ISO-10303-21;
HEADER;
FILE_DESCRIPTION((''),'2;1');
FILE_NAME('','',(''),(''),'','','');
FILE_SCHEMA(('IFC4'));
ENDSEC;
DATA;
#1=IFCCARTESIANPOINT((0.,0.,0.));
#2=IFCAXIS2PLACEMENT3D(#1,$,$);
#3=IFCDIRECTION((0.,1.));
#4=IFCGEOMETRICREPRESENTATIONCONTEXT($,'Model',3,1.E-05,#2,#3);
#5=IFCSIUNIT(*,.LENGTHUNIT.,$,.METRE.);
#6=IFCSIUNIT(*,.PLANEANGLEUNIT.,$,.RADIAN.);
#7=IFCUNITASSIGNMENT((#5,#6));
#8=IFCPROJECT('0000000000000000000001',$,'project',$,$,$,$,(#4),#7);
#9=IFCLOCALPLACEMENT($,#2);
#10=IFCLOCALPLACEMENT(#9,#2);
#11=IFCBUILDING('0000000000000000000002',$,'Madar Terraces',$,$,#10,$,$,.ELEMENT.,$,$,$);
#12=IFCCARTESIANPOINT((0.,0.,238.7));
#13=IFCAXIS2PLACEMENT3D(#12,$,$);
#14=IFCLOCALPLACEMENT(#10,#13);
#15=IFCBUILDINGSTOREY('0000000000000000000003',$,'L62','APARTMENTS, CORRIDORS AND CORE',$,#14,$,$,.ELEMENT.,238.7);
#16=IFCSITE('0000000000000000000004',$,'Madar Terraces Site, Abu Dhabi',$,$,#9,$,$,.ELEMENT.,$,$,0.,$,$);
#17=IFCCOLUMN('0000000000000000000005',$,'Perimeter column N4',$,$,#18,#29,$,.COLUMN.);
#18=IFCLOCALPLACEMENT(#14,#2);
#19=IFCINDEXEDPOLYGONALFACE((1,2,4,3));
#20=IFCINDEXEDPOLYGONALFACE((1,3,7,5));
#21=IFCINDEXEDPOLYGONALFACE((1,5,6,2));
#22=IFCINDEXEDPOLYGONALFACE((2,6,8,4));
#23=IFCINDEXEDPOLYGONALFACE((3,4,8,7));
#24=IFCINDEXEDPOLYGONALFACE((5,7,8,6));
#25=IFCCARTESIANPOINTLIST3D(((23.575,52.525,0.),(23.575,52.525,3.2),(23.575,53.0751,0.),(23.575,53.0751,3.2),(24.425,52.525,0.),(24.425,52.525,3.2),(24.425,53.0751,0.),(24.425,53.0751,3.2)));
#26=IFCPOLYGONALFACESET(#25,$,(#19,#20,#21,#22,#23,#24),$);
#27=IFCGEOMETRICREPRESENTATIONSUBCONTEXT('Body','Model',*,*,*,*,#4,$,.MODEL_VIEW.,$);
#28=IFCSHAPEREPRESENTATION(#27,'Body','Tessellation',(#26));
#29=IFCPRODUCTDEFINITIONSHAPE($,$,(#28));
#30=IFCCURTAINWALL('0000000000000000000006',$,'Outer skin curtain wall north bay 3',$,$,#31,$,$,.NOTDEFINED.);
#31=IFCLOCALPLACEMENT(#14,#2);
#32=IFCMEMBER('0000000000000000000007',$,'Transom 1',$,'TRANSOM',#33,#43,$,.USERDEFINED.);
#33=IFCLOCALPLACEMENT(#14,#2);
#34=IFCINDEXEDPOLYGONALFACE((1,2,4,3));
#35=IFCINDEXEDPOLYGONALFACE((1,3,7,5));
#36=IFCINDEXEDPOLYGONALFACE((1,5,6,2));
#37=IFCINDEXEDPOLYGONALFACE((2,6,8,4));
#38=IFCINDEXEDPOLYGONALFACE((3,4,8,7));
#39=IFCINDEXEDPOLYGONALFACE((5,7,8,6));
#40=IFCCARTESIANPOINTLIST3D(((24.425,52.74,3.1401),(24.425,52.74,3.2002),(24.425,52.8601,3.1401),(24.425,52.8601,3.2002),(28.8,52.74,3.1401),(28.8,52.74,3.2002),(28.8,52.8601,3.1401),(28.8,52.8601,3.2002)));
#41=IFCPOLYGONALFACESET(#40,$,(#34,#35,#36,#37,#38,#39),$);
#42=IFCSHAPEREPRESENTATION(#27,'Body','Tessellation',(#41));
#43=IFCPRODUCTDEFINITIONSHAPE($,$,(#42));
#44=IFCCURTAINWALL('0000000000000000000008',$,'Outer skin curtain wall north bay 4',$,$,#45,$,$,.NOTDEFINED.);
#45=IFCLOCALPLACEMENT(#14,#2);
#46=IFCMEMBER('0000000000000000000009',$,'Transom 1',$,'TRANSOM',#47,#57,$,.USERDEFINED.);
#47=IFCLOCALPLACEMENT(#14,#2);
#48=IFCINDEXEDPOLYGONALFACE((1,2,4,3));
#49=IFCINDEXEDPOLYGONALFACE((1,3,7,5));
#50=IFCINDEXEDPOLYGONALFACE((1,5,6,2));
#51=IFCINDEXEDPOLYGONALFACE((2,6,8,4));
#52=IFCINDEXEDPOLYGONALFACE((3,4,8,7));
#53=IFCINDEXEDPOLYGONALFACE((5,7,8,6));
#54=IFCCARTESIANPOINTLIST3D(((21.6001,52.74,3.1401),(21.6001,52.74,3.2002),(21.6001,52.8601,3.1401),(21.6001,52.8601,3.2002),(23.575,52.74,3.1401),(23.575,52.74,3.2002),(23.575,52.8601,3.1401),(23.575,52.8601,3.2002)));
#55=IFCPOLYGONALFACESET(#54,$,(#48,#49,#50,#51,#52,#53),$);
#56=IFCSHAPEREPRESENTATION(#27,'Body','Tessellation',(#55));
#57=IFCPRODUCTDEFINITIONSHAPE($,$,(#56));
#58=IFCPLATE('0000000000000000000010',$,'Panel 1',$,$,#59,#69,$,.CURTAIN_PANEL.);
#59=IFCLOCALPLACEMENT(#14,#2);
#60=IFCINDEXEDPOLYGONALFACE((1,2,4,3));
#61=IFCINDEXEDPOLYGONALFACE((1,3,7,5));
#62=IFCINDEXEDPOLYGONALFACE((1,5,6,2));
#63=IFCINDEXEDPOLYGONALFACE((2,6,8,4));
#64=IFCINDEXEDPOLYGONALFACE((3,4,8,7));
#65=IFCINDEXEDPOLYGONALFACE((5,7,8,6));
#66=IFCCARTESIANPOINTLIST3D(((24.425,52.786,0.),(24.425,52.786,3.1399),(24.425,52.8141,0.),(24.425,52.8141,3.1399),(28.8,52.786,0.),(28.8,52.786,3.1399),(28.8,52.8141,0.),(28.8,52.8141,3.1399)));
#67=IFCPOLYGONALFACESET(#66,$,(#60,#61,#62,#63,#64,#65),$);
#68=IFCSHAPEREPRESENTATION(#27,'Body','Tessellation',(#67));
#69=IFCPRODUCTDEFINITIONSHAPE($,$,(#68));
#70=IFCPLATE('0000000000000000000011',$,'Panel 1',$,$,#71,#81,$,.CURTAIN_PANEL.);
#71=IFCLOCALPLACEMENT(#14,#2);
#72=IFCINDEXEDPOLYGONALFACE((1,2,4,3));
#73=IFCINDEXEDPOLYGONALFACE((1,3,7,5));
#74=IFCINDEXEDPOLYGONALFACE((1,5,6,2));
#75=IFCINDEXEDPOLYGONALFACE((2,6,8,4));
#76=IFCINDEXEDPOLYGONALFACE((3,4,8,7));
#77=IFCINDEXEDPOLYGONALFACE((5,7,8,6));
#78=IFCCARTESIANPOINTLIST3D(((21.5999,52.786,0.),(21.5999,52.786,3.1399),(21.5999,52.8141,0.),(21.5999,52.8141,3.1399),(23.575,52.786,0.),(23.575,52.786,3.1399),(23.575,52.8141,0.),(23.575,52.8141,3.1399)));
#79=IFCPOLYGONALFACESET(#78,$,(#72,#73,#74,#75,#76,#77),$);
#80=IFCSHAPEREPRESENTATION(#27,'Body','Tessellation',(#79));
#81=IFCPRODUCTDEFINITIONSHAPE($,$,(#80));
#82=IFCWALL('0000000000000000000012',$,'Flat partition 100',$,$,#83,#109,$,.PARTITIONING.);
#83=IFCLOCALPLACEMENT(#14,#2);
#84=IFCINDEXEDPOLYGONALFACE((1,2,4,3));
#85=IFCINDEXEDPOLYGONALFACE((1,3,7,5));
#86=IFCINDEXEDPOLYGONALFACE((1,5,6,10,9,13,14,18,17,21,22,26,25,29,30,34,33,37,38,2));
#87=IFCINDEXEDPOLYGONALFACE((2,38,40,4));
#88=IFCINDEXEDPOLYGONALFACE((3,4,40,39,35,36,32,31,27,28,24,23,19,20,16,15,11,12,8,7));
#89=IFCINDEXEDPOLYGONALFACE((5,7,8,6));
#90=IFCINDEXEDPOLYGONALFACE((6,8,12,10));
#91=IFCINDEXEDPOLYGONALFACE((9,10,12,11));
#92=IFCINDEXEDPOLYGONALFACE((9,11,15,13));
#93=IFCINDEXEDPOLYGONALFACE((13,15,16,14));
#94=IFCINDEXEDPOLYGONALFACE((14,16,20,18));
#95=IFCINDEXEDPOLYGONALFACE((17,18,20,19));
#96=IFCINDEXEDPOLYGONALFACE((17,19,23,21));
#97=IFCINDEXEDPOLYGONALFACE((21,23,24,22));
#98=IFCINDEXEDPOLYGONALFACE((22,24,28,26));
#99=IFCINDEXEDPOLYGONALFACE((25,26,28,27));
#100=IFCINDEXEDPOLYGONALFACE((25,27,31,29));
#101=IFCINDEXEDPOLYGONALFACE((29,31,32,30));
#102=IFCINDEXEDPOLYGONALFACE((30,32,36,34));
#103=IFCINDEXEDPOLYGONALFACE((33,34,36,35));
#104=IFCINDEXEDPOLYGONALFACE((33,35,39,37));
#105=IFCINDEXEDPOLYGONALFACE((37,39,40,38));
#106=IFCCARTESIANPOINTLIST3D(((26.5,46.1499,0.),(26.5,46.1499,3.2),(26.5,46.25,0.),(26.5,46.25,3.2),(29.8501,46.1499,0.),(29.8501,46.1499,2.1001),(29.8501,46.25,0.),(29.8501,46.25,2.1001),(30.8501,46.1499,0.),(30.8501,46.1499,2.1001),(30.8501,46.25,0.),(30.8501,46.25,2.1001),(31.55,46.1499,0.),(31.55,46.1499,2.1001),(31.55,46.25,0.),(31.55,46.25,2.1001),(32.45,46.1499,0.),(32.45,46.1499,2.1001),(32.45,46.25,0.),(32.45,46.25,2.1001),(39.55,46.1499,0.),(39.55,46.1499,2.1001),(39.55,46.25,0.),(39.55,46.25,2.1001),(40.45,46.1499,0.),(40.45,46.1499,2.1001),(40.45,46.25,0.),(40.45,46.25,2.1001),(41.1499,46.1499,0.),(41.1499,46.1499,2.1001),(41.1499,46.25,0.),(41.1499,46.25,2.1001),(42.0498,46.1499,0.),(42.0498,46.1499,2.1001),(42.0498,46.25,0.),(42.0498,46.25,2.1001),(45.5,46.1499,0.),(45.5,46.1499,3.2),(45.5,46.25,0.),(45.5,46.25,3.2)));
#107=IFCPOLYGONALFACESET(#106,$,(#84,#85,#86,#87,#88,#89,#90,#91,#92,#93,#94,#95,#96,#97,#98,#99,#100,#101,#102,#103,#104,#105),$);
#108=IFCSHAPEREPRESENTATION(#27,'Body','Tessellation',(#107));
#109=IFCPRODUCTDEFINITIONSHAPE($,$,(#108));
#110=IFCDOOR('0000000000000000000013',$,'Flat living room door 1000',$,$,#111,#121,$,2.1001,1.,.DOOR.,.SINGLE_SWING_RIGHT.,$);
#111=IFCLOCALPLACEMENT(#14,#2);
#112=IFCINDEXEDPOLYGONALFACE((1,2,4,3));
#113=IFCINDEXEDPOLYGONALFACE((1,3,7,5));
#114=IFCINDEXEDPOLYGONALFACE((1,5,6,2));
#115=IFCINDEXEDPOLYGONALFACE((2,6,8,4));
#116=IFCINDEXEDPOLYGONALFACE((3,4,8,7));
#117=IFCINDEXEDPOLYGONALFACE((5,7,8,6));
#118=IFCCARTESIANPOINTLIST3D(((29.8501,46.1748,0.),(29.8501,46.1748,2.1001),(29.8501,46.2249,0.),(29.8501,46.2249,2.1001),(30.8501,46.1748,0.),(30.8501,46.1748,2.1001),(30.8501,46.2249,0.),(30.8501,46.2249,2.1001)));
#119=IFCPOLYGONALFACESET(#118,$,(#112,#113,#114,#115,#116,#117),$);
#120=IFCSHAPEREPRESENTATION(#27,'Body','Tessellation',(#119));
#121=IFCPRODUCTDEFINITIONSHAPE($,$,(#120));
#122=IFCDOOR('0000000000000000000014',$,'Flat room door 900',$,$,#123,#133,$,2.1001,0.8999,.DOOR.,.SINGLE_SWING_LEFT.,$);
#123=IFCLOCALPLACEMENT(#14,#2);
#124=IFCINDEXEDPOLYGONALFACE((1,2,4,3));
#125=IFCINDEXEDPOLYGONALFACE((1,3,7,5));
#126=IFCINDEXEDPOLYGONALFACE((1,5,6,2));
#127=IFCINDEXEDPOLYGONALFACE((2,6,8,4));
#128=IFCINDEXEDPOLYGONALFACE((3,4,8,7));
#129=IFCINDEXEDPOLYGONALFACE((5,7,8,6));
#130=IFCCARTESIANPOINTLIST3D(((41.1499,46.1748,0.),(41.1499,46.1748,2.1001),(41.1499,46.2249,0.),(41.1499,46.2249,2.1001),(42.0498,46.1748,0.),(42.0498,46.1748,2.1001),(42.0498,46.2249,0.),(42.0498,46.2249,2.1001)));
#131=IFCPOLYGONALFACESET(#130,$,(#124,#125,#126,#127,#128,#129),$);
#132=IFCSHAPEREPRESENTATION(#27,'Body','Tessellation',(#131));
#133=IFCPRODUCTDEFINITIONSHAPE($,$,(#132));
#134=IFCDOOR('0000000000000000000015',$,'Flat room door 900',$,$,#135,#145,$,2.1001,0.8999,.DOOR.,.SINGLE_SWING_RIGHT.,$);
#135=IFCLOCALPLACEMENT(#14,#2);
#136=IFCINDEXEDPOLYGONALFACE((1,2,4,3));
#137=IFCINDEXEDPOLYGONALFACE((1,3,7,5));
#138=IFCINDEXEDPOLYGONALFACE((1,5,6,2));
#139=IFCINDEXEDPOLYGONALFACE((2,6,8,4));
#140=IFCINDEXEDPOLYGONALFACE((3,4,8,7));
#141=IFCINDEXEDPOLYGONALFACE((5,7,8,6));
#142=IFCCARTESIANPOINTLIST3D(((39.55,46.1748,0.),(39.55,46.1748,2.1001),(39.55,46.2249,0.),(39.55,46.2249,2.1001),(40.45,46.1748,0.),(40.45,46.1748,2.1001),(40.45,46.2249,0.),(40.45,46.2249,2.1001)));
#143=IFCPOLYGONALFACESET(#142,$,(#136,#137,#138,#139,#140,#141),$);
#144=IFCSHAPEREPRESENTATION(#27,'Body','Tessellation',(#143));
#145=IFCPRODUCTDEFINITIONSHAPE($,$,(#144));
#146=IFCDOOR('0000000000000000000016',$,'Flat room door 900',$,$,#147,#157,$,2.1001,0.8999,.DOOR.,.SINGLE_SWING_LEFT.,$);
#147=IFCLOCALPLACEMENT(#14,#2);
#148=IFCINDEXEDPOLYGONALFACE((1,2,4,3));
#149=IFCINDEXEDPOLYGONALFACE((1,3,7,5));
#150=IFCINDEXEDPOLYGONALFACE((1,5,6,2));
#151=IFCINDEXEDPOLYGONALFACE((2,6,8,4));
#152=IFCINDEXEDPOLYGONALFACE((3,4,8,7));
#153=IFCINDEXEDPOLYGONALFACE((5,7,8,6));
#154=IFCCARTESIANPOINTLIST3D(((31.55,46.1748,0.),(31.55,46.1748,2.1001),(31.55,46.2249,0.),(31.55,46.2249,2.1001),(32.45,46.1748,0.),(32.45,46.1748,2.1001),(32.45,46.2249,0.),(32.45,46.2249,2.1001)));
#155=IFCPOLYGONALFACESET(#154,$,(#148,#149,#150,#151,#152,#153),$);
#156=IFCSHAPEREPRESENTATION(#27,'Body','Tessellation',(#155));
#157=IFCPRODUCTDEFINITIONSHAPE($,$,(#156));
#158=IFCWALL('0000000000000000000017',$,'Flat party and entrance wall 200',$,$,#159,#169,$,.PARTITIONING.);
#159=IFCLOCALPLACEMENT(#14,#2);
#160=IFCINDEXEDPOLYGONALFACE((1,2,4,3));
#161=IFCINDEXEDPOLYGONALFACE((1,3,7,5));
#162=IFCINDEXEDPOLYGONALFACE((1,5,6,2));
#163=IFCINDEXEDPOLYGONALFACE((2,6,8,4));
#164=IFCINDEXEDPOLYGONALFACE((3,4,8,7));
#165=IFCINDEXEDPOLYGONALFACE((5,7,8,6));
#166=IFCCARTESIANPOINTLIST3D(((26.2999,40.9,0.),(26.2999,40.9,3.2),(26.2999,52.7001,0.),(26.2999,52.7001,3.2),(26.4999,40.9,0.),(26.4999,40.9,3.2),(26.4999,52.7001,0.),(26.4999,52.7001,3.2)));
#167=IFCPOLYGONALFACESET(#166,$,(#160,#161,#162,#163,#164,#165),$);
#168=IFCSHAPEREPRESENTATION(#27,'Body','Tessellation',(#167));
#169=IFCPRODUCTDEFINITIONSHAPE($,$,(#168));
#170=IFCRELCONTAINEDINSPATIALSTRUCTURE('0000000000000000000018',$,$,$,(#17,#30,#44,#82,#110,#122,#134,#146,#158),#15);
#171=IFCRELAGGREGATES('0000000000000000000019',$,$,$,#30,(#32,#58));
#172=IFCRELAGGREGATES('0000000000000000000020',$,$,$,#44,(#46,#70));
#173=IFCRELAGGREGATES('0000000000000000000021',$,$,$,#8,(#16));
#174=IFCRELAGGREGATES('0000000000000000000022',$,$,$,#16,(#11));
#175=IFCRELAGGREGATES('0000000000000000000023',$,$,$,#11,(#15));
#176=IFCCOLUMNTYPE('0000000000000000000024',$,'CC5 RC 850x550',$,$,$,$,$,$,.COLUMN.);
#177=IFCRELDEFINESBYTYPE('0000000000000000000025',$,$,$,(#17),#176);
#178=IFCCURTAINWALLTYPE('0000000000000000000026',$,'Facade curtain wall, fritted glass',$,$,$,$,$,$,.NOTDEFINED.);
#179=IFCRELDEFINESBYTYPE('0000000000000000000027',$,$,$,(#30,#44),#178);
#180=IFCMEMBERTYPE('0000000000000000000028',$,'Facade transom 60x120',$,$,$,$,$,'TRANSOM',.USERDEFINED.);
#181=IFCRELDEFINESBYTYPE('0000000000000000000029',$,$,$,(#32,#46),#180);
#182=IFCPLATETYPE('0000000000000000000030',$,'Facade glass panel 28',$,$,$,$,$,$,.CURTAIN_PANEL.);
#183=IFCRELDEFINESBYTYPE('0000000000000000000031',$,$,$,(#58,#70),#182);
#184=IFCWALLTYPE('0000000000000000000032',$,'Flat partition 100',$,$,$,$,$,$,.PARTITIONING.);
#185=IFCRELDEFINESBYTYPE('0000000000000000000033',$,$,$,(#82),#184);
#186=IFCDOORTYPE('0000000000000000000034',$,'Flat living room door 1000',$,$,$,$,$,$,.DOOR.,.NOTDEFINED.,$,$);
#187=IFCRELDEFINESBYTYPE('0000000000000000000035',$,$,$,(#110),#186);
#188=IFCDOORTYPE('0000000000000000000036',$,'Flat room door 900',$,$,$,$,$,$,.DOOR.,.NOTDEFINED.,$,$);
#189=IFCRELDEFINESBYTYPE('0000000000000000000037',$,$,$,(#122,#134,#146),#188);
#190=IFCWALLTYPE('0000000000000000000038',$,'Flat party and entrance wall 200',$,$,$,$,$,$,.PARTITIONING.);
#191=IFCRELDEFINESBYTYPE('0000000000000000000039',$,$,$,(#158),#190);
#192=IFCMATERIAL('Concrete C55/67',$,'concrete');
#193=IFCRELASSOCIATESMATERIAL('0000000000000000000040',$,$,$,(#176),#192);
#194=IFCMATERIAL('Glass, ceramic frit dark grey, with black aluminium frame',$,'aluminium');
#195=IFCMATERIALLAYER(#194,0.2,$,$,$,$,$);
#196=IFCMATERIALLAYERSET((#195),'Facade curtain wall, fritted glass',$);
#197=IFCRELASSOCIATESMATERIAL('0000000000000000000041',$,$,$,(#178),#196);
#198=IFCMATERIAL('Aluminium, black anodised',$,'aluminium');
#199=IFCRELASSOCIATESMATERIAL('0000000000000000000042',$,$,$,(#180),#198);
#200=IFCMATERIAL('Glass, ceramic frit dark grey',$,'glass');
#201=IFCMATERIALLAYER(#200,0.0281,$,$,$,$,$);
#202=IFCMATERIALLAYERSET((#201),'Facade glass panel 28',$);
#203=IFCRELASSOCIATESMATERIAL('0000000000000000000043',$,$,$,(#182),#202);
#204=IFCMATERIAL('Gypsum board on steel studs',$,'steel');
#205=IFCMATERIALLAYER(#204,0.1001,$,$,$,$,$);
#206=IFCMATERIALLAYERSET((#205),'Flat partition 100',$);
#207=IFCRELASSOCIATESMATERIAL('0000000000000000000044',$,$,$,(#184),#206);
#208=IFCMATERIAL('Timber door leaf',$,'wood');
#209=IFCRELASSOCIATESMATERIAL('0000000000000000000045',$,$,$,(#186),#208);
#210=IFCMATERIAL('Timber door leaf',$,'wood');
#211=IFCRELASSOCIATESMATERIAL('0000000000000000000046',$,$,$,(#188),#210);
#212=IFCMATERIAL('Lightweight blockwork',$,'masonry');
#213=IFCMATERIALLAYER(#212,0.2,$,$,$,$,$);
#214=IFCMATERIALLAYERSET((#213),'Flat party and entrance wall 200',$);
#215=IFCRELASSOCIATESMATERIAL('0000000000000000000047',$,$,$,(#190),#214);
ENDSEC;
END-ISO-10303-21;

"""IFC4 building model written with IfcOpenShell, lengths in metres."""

from ifc_helpers import new_model, si_unit, direction, frame, frame_2d, origin, origin_2d, place, context, subcontext, project, spatial, rectangle, extrude, material, layer, layer_set, material_profile, profile_set, type_object, element, fill, aggregate, save


model = new_model("IFC4")

# Units and contexts
model_context = context("Model", 3, precision=1e-05, world=origin(), true_north=direction((0.0, 1.0)))
body_context = subcontext(model_context, "Body", "Model", "MODEL_VIEW")
ifc_project = project(units=[si_unit("LENGTHUNIT", "METRE"), si_unit("PLANEANGLEUNIT", "RADIAN")], contexts=[model_context])

# Site, building, storey
site_placement = place(None, origin())
site = spatial("IfcSite", under=ifc_project, at=site_placement, Name="Madar Terraces Site, Abu Dhabi", CompositionType="ELEMENT", RefElevation=0.0)
building_placement = place(site_placement, origin())
building = spatial("IfcBuilding", under=site, at=building_placement, Name="Madar Terraces", CompositionType="ELEMENT")
storey_placement = place(building_placement, frame((0.0, 0.0, 238.7)))
storey = spatial("IfcBuildingStorey", under=building, at=storey_placement, Name="L62", Description="APARTMENTS, CORRIDORS AND CORE", CompositionType="ELEMENT", Elevation=238.7)

# Column
ifc_material_1 = material(Name="Concrete C55/67", Category="concrete")
ifc_material_profile_1 = material_profile(ifc_material_1, rectangle(XDim=0.8501, YDim=0.55, at=origin_2d()), Name="CC5 RC 850x550")
ifc_profile_set_1 = profile_set([ifc_material_profile_1], Name="Concrete C55/67")
column_type = type_object("IfcColumnType", Name="CC5 RC 850x550", PredefinedType="COLUMN", material=ifc_profile_set_1)
column_placement = place(storey_placement, frame((24.0, 52.8, 0.0), z_axis=(0.0, 0.0, 1.0), x_axis=(1.0, 0.0, 0.0)))
element("IfcColumn", 1, at=column_placement, inside=storey, type_object=column_type, Name="Perimeter column N4", PredefinedType="COLUMN", context=body_context, shape_type="SweptSolid", body=[
    extrude(rectangle(XDim=0.8501, YDim=0.55, at=origin_2d()), origin(), (0.0, 0.0, 1.0), 3.2),
])

# Curtain walls, members
ifc_material_2 = material(Name="Glass, ceramic frit dark grey, with black aluminium frame", Category="aluminium")
ifc_layer_1 = layer(ifc_material_2, 0.2)
ifc_layer_set_1 = layer_set([ifc_layer_1], Name="Facade curtain wall, fritted glass")
curtain_wall_type = type_object("IfcCurtainWallType", Name="Facade curtain wall, fritted glass", PredefinedType="NOTDEFINED", material=ifc_layer_set_1)
curtain_wall_1_placement = place(storey_placement, origin())
curtain_wall_1 = element("IfcCurtainWall", 2, at=curtain_wall_1_placement, inside=storey, type_object=curtain_wall_type, Name="Outer skin curtain wall north bay 3", PredefinedType="NOTDEFINED")
ifc_material_3 = material(Name="Aluminium, black anodised", Category="aluminium")
ifc_material_profile_2 = material_profile(ifc_material_3, rectangle(XDim=0.1201, YDim=0.0601, at=origin_2d()), Name="Facade transom 60x120")
ifc_profile_set_2 = profile_set([ifc_material_profile_2], Name="Aluminium, black anodised")
member_type = type_object("IfcMemberType", Name="Facade transom 60x120", ElementType="TRANSOM", PredefinedType="USERDEFINED", material=ifc_profile_set_2)
member_1_placement = place(storey_placement, frame((28.8, 52.8, 3.1702), z_axis=(-1.0, 0.0, 0.0), x_axis=(0.0, -1.0, 0.0)))
member_1 = element("IfcMember", 3, at=member_1_placement, type_object=member_type, Name="Transom 1", ObjectType="TRANSOM", PredefinedType="USERDEFINED", context=body_context, shape_type="SweptSolid", body=[
    extrude(rectangle(XDim=0.1201, YDim=0.0601, at=origin_2d()), origin(), (0.0, 0.0, 1.0), 4.375),
])
curtain_wall_2_placement = place(storey_placement, origin())
curtain_wall_2 = element("IfcCurtainWall", 4, at=curtain_wall_2_placement, inside=storey, type_object=curtain_wall_type, Name="Outer skin curtain wall north bay 4", PredefinedType="NOTDEFINED")
member_2_placement = place(storey_placement, frame((23.575, 52.8, 3.1702), z_axis=(-1.0, 0.0, 0.0), x_axis=(0.0, -1.0, 0.0)))
member_2 = element("IfcMember", 5, at=member_2_placement, type_object=member_type, Name="Transom 1", ObjectType="TRANSOM", PredefinedType="USERDEFINED", context=body_context, shape_type="SweptSolid", body=[
    extrude(rectangle(XDim=0.1201, YDim=0.0601, at=origin_2d()), origin(), (0.0, 0.0, 1.0), 1.9749),
])

# Plates
ifc_material_4 = material(Name="Glass, ceramic frit dark grey", Category="glass")
ifc_layer_2 = layer(ifc_material_4, 0.0281)
ifc_layer_set_2 = layer_set([ifc_layer_2], Name="Facade glass panel 28")
plate_type = type_object("IfcPlateType", Name="Facade glass panel 28", PredefinedType="CURTAIN_PANEL", material=ifc_layer_set_2)
plate_1_placement = place(storey_placement, frame((26.6125, 52.8, 0.0), z_axis=(0.0, 0.0, 1.0), x_axis=(-1.0, 0.0, 0.0)))
plate_1 = element("IfcPlate", 6, at=plate_1_placement, type_object=plate_type, Name="Panel 1", PredefinedType="CURTAIN_PANEL", context=body_context, shape_type="SweptSolid", body=[
    extrude(rectangle(XDim=4.375, YDim=0.0281, at=origin_2d()), origin(), (0.0, 0.0, 1.0), 3.1399),
])
aggregate(curtain_wall_1, [member_1, plate_1])
plate_2_placement = place(storey_placement, frame((22.5874, 52.8, 0.0), z_axis=(0.0, 0.0, 1.0), x_axis=(-1.0, 0.0, 0.0)))
plate_2 = element("IfcPlate", 7, at=plate_2_placement, type_object=plate_type, Name="Panel 1", PredefinedType="CURTAIN_PANEL", context=body_context, shape_type="SweptSolid", body=[
    extrude(rectangle(XDim=1.9751, YDim=0.0281, at=origin_2d()), origin(), (0.0, 0.0, 1.0), 3.1399),
])
aggregate(curtain_wall_2, [member_2, plate_2])

# Wall, openings, doors
ifc_material_5 = material(Name="Gypsum board on steel studs", Category="steel")
ifc_layer_3 = layer(ifc_material_5, 0.1001)
ifc_layer_set_3 = layer_set([ifc_layer_3], Name="Flat partition 100")
wall_type_1 = type_object("IfcWallType", Name="Flat partition 100", PredefinedType="PARTITIONING", material=ifc_layer_set_3)
wall_1_placement = place(storey_placement, frame((26.5, 46.2, 0.0), z_axis=(0.0, 0.0, 1.0), x_axis=(1.0, 0.0, 0.0)))
wall_1 = element("IfcWall", 8, at=wall_1_placement, inside=storey, type_object=wall_type_1, Name="Flat partition 100", PredefinedType="PARTITIONING", context=body_context, shape_type="SweptSolid", body=[
    extrude(rectangle(XDim=19.0, YDim=0.1001, at=frame_2d((9.5, 0.0))), origin(), (0.0, 0.0, 1.0), 3.2),
])
opening_1_placement = place(wall_1_placement, frame((14.6499, 0.0, 0.0)))
opening_1 = element("IfcOpeningElement", 9, at=opening_1_placement, cuts=wall_1, PredefinedType="OPENING", context=body_context, shape_type="SweptSolid", body=[
    extrude(rectangle(XDim=0.8999, YDim=2.1001, at=frame_2d((0.45, 1.05))), frame((0.0, 0.0601, 0.0), z_axis=(0.0, -1.0, 0.0), x_axis=(1.0, 0.0, 0.0)), (0.0, 0.0, 1.0), 0.1201),
])
opening_2_placement = place(wall_1_placement, frame((13.05, 0.0, 0.0)))
opening_2 = element("IfcOpeningElement", 10, at=opening_2_placement, cuts=wall_1, PredefinedType="OPENING", context=body_context, shape_type="SweptSolid", body=[
    extrude(rectangle(XDim=0.8999, YDim=2.1001, at=frame_2d((0.45, 1.05))), frame((0.0, 0.0601, 0.0), z_axis=(0.0, -1.0, 0.0), x_axis=(1.0, 0.0, 0.0)), (0.0, 0.0, 1.0), 0.1201),
])
opening_3_placement = place(wall_1_placement, frame((5.05, 0.0, 0.0)))
opening_3 = element("IfcOpeningElement", 11, at=opening_3_placement, cuts=wall_1, PredefinedType="OPENING", context=body_context, shape_type="SweptSolid", body=[
    extrude(rectangle(XDim=0.8999, YDim=2.1001, at=frame_2d((0.45, 1.05))), frame((0.0, 0.0601, 0.0), z_axis=(0.0, -1.0, 0.0), x_axis=(1.0, 0.0, 0.0)), (0.0, 0.0, 1.0), 0.1201),
])
opening_4_placement = place(wall_1_placement, frame((3.3501, 0.0, 0.0)))
opening_4 = element("IfcOpeningElement", 12, at=opening_4_placement, cuts=wall_1, PredefinedType="OPENING", context=body_context, shape_type="SweptSolid", body=[
    extrude(rectangle(XDim=1.0, YDim=2.1001, at=frame_2d((0.5, 1.05))), frame((0.0, 0.0601, 0.0), z_axis=(0.0, -1.0, 0.0), x_axis=(1.0, 0.0, 0.0)), (0.0, 0.0, 1.0), 0.1201),
])
ifc_material_6 = material(Name="Timber door leaf", Category="wood")
door_type_1 = type_object("IfcDoorType", Name="Flat living room door 1000", OperationType="NOTDEFINED", PredefinedType="DOOR", material=ifc_material_6)
door_1_placement = place(opening_4_placement, origin())
door_1 = element("IfcDoor", 13, at=door_1_placement, inside=storey, type_object=door_type_1, Name="Flat living room door 1000", OperationType="SINGLE_SWING_RIGHT", OverallHeight=2.1001, OverallWidth=1.0, PredefinedType="DOOR", context=body_context, shape_type="SweptSolid", body=[
    extrude(rectangle(XDim=1.0, YDim=2.1001, at=frame_2d((0.5, 1.05))), frame((0.0, 0.0249, 0.0), z_axis=(0.0, -1.0, 0.0), x_axis=(1.0, 0.0, 0.0)), (0.0, 0.0, 1.0), 0.05),
])
fill(opening_4, door_1)
ifc_material_7 = material(Name="Timber door leaf", Category="wood")
door_type_2 = type_object("IfcDoorType", Name="Flat room door 900", OperationType="NOTDEFINED", PredefinedType="DOOR", material=ifc_material_7)
door_2_placement = place(opening_1_placement, origin())
door_2 = element("IfcDoor", 14, at=door_2_placement, inside=storey, type_object=door_type_2, Name="Flat room door 900", OperationType="SINGLE_SWING_LEFT", OverallHeight=2.1001, OverallWidth=0.8999, PredefinedType="DOOR", context=body_context, shape_type="SweptSolid", body=[
    extrude(rectangle(XDim=0.8999, YDim=2.1001, at=frame_2d((0.45, 1.05))), frame((0.0, 0.0249, 0.0), z_axis=(0.0, -1.0, 0.0), x_axis=(1.0, 0.0, 0.0)), (0.0, 0.0, 1.0), 0.05),
])
fill(opening_1, door_2)
door_3_placement = place(opening_2_placement, origin())
door_3 = element("IfcDoor", 15, at=door_3_placement, inside=storey, type_object=door_type_2, Name="Flat room door 900", OperationType="SINGLE_SWING_RIGHT", OverallHeight=2.1001, OverallWidth=0.8999, PredefinedType="DOOR", context=body_context, shape_type="SweptSolid", body=[
    extrude(rectangle(XDim=0.8999, YDim=2.1001, at=frame_2d((0.45, 1.05))), frame((0.0, 0.0249, 0.0), z_axis=(0.0, -1.0, 0.0), x_axis=(1.0, 0.0, 0.0)), (0.0, 0.0, 1.0), 0.05),
])
fill(opening_2, door_3)
door_4_placement = place(opening_3_placement, origin())
door_4 = element("IfcDoor", 16, at=door_4_placement, inside=storey, type_object=door_type_2, Name="Flat room door 900", OperationType="SINGLE_SWING_LEFT", OverallHeight=2.1001, OverallWidth=0.8999, PredefinedType="DOOR", context=body_context, shape_type="SweptSolid", body=[
    extrude(rectangle(XDim=0.8999, YDim=2.1001, at=frame_2d((0.45, 1.05))), frame((0.0, 0.0249, 0.0), z_axis=(0.0, -1.0, 0.0), x_axis=(1.0, 0.0, 0.0)), (0.0, 0.0, 1.0), 0.05),
])
fill(opening_3, door_4)

# Wall
ifc_material_8 = material(Name="Lightweight blockwork", Category="masonry")
ifc_layer_4 = layer(ifc_material_8, 0.2)
ifc_layer_set_4 = layer_set([ifc_layer_4], Name="Flat party and entrance wall 200")
wall_type_2 = type_object("IfcWallType", Name="Flat party and entrance wall 200", PredefinedType="PARTITIONING", material=ifc_layer_set_4)
wall_2_placement = place(storey_placement, frame((26.3999, 52.7, 0.0), z_axis=(0.0, 0.0, 1.0), x_axis=(0.0, -1.0, 0.0)))
element("IfcWall", 17, at=wall_2_placement, inside=storey, type_object=wall_type_2, Name="Flat party and entrance wall 200", PredefinedType="PARTITIONING", context=body_context, shape_type="SweptSolid", body=[
    extrude(rectangle(XDim=11.8, YDim=0.2, at=frame_2d((5.8999, 0.0))), origin(), (0.0, 0.0, 1.0), 3.2),
])

save(model, "model.ifc")
